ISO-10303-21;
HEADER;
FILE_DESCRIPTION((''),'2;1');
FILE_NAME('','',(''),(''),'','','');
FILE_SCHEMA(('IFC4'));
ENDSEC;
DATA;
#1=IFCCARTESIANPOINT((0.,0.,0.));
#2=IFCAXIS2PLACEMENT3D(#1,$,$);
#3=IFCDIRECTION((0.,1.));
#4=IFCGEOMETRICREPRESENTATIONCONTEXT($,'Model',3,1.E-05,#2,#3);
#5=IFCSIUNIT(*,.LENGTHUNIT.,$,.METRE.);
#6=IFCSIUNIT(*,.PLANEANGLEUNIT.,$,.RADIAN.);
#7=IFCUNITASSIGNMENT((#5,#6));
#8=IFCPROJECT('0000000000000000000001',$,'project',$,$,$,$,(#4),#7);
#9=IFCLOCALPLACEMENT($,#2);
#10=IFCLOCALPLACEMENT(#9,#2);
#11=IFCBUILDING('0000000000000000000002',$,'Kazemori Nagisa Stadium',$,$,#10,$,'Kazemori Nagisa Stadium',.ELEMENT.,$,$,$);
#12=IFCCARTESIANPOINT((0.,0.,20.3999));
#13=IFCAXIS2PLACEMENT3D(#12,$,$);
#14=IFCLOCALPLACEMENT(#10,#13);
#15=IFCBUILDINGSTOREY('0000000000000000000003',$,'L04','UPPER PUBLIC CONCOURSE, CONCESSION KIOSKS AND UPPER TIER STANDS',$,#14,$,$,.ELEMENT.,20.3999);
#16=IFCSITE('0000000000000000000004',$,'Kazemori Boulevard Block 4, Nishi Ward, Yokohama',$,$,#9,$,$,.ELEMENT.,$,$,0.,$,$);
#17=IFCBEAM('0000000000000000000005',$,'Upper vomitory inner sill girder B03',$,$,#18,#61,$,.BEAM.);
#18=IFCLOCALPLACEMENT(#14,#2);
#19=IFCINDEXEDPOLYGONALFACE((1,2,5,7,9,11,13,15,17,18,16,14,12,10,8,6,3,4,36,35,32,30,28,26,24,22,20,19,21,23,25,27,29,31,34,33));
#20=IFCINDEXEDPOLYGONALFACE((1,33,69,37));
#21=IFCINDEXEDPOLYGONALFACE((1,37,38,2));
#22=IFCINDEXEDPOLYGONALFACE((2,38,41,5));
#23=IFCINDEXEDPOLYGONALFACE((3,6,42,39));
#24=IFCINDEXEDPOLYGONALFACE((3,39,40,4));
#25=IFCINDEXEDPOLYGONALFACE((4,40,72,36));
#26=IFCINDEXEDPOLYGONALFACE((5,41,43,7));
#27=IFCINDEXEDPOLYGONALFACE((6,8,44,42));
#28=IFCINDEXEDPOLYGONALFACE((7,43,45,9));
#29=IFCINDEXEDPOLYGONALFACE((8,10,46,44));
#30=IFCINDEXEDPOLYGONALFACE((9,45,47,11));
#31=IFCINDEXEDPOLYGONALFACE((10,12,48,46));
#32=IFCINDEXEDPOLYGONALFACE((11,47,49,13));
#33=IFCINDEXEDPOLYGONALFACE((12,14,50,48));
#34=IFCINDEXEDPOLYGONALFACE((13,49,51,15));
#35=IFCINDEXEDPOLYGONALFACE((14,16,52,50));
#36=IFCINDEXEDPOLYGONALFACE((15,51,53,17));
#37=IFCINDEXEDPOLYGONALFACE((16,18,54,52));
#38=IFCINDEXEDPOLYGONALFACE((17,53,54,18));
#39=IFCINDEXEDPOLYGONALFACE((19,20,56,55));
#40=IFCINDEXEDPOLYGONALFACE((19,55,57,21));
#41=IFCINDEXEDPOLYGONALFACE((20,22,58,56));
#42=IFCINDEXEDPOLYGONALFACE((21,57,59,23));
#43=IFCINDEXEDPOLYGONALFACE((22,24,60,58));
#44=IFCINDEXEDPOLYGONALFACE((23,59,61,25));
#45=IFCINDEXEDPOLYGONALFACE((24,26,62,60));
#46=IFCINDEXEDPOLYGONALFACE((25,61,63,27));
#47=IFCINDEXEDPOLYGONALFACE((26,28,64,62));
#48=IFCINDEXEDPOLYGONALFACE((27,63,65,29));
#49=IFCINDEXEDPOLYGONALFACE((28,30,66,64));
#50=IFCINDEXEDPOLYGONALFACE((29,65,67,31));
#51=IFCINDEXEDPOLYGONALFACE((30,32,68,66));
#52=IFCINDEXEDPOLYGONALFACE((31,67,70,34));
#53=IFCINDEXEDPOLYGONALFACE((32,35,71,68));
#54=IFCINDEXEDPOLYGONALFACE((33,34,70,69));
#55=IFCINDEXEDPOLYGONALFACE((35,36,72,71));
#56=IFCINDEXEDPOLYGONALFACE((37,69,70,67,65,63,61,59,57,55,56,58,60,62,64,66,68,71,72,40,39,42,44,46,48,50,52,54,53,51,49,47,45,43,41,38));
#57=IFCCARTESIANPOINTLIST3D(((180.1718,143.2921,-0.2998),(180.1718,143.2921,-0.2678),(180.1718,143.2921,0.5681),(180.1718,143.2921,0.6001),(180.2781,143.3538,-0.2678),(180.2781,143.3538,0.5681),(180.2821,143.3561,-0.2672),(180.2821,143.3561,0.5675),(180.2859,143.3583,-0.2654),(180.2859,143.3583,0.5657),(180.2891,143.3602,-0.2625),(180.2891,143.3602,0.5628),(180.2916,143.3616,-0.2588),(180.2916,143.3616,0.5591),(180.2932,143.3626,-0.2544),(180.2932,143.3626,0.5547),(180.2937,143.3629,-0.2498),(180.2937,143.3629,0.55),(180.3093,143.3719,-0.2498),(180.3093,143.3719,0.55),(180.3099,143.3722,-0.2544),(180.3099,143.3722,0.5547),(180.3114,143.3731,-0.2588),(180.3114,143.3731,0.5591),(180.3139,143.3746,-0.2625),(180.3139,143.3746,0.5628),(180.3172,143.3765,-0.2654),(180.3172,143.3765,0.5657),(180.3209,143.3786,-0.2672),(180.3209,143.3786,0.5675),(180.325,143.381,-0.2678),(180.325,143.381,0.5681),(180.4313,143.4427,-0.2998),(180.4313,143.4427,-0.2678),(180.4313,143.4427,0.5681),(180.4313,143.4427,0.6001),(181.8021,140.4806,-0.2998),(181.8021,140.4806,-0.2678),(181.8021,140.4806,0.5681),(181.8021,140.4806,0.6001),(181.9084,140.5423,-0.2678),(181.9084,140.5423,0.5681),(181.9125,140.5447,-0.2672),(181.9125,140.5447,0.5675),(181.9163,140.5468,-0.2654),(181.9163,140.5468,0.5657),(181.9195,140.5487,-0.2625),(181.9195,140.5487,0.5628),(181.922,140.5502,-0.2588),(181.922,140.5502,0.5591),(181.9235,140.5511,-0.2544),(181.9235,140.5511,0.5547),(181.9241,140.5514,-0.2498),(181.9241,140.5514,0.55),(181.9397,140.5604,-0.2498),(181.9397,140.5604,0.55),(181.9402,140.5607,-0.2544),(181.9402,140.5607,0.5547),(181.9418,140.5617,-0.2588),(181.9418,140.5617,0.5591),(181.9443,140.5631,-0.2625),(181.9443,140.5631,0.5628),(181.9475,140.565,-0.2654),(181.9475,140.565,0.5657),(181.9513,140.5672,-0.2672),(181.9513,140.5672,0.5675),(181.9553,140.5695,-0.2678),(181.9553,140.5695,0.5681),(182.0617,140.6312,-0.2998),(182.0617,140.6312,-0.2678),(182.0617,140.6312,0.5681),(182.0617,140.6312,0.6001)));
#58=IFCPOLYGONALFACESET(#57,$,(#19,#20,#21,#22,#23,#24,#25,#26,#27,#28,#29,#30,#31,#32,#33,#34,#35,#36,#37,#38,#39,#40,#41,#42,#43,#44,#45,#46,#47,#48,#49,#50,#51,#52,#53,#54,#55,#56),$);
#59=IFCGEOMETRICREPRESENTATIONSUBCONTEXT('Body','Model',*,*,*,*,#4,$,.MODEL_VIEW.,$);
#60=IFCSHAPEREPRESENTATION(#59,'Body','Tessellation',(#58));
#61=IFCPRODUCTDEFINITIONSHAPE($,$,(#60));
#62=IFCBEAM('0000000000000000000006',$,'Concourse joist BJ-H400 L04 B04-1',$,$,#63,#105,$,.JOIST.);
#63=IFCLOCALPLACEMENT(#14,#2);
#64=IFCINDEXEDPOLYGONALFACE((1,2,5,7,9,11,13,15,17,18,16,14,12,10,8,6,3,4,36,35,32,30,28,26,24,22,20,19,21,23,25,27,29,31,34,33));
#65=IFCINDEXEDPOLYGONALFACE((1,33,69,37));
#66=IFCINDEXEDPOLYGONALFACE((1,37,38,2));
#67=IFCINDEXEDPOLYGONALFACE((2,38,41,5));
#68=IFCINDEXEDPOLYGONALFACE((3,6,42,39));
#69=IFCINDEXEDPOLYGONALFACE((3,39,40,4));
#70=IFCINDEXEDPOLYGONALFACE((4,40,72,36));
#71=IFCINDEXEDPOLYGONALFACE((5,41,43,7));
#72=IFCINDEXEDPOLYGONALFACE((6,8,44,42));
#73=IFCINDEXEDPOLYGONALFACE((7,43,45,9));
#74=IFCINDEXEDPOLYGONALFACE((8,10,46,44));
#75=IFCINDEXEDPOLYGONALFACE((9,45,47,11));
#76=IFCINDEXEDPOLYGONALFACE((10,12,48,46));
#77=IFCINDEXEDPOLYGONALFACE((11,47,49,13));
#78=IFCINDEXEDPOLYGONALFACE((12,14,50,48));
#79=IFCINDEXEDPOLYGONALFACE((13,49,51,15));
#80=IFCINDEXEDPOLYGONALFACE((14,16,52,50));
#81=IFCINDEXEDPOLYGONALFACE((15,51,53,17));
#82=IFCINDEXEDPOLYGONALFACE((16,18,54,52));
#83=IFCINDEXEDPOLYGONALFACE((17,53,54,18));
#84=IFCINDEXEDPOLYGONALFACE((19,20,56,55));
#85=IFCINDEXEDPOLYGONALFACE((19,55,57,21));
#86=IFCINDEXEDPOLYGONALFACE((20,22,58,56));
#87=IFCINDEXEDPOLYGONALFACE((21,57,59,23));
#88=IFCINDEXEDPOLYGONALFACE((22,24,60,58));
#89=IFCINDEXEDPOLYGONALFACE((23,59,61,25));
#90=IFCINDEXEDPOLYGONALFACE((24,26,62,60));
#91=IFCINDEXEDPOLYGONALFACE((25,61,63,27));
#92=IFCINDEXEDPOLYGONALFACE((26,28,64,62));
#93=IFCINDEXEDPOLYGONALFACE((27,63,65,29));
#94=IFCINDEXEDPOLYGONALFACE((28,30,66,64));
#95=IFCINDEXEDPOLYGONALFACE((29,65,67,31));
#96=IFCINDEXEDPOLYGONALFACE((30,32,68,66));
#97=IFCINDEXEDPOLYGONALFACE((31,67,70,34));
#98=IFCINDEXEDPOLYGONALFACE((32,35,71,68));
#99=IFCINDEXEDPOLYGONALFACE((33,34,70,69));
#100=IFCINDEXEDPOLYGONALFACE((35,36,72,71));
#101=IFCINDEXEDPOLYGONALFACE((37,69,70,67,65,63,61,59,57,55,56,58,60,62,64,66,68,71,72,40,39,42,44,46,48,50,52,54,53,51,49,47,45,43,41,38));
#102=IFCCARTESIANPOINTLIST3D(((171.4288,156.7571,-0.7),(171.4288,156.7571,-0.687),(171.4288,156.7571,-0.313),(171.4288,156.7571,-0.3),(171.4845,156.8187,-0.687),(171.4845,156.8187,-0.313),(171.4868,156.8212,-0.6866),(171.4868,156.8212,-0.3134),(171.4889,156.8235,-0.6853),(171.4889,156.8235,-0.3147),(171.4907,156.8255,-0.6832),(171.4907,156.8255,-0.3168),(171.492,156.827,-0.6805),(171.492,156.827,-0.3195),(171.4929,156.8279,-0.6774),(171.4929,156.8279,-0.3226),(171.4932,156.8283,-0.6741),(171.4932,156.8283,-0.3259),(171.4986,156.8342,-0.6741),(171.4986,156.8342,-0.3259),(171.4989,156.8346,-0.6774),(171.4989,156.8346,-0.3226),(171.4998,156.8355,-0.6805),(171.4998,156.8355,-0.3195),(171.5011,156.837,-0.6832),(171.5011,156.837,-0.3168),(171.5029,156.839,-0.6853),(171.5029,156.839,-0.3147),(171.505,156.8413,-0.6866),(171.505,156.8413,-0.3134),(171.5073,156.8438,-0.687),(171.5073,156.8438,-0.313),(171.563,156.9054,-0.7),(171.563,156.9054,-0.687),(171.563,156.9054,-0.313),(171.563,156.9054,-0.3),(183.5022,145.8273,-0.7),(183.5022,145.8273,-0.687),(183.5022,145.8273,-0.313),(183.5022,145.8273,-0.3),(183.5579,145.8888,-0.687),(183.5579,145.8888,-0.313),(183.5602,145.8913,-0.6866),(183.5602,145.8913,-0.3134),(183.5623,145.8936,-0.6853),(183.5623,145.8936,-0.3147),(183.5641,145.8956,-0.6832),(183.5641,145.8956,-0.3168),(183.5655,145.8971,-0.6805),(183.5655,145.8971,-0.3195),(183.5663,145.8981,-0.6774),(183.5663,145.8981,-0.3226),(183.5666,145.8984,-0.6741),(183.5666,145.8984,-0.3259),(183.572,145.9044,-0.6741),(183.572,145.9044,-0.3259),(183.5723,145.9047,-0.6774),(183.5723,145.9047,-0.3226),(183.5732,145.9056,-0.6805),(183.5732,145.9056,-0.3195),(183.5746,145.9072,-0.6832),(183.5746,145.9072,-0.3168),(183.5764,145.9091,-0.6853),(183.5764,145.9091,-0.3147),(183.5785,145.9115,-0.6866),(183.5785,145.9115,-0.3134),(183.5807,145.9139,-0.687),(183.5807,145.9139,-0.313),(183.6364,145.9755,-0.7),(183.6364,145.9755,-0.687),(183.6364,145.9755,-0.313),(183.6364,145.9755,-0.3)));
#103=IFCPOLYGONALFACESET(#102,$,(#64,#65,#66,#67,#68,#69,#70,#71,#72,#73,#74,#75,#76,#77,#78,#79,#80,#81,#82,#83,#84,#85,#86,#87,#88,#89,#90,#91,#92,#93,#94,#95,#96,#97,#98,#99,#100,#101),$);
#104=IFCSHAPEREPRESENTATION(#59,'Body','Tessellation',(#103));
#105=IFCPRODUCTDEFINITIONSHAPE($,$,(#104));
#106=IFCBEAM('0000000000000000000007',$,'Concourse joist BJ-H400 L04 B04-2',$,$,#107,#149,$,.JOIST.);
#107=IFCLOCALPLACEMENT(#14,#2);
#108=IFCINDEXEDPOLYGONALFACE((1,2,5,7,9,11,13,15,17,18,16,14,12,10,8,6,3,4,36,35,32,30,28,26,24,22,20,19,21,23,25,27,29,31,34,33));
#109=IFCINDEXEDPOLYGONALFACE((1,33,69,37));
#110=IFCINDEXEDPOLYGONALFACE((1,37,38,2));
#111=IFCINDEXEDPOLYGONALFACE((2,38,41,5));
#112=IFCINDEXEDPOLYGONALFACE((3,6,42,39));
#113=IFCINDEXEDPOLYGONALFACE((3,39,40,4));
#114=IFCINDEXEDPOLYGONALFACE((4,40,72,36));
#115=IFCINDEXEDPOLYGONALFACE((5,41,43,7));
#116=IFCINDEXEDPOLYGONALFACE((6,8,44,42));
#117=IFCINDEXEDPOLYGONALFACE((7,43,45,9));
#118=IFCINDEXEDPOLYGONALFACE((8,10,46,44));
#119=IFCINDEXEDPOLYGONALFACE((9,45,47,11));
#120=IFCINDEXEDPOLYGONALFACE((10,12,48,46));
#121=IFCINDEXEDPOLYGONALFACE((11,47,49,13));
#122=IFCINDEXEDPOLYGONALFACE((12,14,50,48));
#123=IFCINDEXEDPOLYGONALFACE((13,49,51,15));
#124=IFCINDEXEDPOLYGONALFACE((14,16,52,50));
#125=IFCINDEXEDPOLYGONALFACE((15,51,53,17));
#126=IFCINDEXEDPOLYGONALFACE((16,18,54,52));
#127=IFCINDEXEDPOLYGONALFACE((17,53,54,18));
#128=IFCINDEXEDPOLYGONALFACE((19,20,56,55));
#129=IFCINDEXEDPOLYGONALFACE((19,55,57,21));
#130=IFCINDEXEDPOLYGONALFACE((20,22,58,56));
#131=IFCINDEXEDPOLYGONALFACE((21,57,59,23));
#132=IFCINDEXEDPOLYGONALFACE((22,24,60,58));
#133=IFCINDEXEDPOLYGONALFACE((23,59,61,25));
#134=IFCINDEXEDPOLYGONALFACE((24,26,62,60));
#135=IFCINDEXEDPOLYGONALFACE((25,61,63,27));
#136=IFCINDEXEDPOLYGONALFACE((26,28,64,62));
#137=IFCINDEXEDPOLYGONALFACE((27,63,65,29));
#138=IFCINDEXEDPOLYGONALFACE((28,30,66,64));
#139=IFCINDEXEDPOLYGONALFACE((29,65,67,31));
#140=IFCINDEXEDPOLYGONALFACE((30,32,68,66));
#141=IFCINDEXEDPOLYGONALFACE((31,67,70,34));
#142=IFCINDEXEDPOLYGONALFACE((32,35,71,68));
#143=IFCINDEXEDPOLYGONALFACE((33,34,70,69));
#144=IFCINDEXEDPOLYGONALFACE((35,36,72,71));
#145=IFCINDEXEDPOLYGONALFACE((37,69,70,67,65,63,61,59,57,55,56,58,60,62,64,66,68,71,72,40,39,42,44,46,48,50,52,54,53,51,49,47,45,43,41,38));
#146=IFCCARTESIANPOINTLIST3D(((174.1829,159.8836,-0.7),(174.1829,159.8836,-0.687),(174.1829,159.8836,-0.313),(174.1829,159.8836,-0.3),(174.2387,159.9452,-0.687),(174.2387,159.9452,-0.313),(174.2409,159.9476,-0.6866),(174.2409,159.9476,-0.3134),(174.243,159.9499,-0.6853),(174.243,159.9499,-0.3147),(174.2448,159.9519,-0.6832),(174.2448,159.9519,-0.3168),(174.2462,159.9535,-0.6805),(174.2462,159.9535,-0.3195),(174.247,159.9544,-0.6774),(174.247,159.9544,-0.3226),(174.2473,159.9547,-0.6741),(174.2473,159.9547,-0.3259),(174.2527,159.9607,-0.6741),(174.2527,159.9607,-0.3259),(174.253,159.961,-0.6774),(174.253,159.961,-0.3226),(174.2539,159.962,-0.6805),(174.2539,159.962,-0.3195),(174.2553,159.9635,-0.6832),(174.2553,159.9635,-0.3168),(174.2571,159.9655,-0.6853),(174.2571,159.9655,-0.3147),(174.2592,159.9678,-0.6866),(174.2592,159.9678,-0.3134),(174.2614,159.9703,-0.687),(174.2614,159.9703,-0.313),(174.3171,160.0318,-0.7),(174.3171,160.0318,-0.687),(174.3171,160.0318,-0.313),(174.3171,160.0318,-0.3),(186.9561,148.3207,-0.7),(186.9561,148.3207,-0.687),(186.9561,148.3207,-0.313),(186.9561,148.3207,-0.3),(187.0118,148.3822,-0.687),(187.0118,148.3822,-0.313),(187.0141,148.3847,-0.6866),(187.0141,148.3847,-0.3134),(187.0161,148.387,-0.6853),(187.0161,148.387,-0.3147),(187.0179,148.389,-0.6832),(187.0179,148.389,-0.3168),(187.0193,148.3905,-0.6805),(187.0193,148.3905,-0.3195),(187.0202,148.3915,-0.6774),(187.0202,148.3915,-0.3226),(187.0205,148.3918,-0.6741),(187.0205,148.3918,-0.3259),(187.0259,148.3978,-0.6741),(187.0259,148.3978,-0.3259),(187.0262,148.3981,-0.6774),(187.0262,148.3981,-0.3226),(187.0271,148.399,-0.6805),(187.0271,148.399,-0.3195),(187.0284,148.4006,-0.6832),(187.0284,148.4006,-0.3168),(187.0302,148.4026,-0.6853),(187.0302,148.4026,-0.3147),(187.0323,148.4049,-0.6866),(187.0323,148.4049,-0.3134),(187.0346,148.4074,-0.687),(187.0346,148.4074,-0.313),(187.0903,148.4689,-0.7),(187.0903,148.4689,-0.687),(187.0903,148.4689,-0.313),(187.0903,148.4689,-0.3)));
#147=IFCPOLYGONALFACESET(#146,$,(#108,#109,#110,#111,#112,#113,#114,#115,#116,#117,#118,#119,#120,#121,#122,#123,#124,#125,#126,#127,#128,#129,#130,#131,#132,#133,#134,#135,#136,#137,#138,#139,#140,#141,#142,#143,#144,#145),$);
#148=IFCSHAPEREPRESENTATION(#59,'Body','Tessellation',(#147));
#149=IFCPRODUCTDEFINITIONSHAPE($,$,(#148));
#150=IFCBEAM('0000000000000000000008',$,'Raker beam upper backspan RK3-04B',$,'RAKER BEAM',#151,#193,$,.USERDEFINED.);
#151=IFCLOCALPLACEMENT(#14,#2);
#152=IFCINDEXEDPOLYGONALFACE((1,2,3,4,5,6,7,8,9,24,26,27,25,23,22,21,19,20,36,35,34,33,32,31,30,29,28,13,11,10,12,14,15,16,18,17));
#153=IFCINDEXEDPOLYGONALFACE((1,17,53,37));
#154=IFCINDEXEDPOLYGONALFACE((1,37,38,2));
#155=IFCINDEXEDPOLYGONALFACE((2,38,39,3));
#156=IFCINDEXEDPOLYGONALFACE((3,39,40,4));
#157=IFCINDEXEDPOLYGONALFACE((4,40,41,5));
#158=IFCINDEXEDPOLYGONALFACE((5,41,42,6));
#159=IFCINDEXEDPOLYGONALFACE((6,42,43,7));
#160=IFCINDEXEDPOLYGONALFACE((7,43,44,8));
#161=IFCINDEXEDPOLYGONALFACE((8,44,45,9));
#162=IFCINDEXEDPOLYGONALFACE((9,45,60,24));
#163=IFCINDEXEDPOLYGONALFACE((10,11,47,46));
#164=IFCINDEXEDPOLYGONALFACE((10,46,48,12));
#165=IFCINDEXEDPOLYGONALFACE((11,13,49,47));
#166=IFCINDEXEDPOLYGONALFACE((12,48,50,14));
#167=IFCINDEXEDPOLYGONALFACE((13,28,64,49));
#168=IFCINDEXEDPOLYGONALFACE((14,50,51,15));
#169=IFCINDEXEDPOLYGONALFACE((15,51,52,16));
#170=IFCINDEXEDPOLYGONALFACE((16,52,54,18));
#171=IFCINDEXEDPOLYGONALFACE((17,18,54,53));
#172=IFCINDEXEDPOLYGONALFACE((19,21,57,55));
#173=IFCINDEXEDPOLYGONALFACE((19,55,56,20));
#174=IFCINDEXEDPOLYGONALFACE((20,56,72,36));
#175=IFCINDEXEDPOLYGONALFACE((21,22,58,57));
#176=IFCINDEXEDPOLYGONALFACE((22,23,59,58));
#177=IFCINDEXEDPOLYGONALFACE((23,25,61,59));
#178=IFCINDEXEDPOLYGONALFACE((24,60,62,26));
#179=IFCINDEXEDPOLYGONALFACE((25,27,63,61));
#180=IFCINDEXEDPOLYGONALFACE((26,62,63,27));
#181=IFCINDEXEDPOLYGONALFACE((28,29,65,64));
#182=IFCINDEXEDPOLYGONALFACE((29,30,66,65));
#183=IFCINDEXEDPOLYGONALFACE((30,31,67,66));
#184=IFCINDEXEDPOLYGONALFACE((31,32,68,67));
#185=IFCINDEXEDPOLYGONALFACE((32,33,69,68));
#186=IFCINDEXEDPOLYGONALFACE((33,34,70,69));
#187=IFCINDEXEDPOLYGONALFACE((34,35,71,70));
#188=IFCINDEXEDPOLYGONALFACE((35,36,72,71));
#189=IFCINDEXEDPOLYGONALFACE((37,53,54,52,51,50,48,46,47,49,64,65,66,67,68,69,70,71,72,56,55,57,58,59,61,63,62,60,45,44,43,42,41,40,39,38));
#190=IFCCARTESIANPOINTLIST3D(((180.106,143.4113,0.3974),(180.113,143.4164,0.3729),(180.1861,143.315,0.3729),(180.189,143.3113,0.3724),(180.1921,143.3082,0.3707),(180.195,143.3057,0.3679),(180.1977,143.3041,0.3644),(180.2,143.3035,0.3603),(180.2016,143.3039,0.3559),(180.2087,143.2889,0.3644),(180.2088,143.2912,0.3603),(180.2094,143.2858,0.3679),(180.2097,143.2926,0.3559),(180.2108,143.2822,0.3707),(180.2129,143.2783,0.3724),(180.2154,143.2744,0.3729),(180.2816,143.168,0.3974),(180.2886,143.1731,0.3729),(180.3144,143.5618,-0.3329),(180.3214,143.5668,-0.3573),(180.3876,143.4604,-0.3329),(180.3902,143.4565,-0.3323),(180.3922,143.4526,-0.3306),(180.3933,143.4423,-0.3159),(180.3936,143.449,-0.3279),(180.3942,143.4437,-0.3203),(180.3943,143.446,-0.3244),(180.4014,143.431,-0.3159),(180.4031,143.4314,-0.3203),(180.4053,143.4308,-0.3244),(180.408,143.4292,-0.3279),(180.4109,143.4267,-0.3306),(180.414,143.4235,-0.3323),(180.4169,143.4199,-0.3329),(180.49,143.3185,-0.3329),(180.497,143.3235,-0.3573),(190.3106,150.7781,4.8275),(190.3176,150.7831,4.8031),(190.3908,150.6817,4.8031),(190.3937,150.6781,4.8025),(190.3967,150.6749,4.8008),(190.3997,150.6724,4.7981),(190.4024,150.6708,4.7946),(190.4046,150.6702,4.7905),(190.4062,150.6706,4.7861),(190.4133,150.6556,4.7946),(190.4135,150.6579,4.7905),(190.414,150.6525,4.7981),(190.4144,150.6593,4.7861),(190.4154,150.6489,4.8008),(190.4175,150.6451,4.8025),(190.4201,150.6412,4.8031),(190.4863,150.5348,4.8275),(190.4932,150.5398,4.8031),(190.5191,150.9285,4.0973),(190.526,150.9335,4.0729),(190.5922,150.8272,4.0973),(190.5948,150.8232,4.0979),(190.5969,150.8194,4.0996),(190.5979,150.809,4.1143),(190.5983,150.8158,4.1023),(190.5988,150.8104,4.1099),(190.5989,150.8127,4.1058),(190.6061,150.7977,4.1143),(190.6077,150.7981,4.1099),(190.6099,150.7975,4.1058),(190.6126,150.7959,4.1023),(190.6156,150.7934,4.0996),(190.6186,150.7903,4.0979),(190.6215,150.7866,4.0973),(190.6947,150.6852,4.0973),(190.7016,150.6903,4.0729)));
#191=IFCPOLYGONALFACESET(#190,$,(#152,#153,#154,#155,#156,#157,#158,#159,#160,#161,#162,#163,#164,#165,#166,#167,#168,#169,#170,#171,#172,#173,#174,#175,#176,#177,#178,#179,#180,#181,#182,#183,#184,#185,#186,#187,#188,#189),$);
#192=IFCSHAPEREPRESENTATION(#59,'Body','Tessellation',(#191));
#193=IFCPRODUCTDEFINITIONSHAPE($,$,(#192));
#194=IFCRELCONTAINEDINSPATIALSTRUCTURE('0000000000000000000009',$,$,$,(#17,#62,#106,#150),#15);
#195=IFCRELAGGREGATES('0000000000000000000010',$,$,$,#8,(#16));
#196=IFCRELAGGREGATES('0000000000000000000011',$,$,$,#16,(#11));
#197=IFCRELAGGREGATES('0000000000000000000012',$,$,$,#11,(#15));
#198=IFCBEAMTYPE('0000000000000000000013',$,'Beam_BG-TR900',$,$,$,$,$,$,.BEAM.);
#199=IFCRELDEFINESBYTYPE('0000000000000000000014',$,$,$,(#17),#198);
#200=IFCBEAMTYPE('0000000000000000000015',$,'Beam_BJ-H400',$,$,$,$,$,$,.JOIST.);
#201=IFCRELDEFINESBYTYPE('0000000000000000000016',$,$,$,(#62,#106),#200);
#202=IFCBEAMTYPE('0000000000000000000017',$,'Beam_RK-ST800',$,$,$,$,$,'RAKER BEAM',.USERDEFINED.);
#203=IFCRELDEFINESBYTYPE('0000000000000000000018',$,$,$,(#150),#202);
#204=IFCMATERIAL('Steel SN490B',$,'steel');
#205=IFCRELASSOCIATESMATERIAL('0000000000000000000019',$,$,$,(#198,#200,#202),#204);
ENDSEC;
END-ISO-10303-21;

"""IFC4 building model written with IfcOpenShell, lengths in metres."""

from ifc_helpers import new_model, si_unit, direction, frame, origin, origin_2d, place, context, subcontext, project, spatial, i_section, extrude, material, material_profile, profile_set, type_object, element, save


model = new_model("IFC4")

# Units and contexts
model_context = context("Model", 3, precision=1e-05, world=origin(), true_north=direction((0.0, 1.0)))
body_context = subcontext(model_context, "Body", "Model", "MODEL_VIEW")
ifc_project = project(units=[si_unit("LENGTHUNIT", "METRE"), si_unit("PLANEANGLEUNIT", "RADIAN")], contexts=[model_context])

# Site, building, storey
site_placement = place(None, origin())
site = spatial("IfcSite", under=ifc_project, at=site_placement, Name="Kazemori Boulevard Block 4, Nishi Ward, Yokohama", CompositionType="ELEMENT", RefElevation=0.0)
building_placement = place(site_placement, origin())
building = spatial("IfcBuilding", under=site, at=building_placement, Name="Kazemori Nagisa Stadium", LongName="Kazemori Nagisa Stadium", CompositionType="ELEMENT")
storey_placement = place(building_placement, frame((0.0, 0.0, 20.3999)))
storey = spatial("IfcBuildingStorey", under=building, at=storey_placement, Name="L04", Description="UPPER PUBLIC CONCOURSE, CONCESSION KIOSKS AND UPPER TIER STANDS", CompositionType="ELEMENT", Elevation=20.3999)

# Beams
ifc_material_1 = material(Name="Steel SN490B", Category="steel")
ifc_material_profile_1 = material_profile(ifc_material_1, i_section(OverallWidth=0.3, OverallDepth=0.8999, WebThickness=0.0181, FlangeThickness=0.032, FilletRadius=0.0181, at=origin_2d()), Name="H-900x300x18x32")
ifc_profile_set_1 = profile_set([ifc_material_profile_1], Name="Steel SN490B")
beam_type_1 = type_object("IfcBeamType", Name="Beam_BG-TR900", PredefinedType="BEAM", material=ifc_profile_set_1)
beam_1_placement = place(storey_placement, frame((181.9319, 140.5559, 0.1501), z_axis=(-0.501646, 0.865073, 0.0), x_axis=(-0.865073, -0.501646, 0.0)))
element("IfcBeam", 1, at=beam_1_placement, inside=storey, type_object=beam_type_1, Name="Upper vomitory inner sill girder B03", PredefinedType="BEAM", context=body_context, shape_type="SweptSolid", body=[
    extrude(i_section(OverallWidth=0.3, OverallDepth=0.8999, WebThickness=0.0181, FlangeThickness=0.032, FilletRadius=0.0181, at=origin_2d()), origin(), (0.0, 0.0, 1.0), 3.25),
])
ifc_material_profile_2 = material_profile(ifc_material_1, i_section(OverallWidth=0.2, OverallDepth=0.3999, WebThickness=0.0081, FlangeThickness=0.0129, FilletRadius=0.0129, at=origin_2d()), Name="H-400x200x8x13")
ifc_profile_set_2 = profile_set([ifc_material_profile_2], Name="Steel SN490B")
beam_type_2 = type_object("IfcBeamType", Name="Beam_BJ-H400", PredefinedType="JOIST", material=ifc_profile_set_2)
beam_2_placement = place(storey_placement, frame((183.5693, 145.9014, -0.5), z_axis=(-0.741343, 0.671126, 0.0), x_axis=(-0.671126, -0.741343, 0.0)))
element("IfcBeam", 2, at=beam_2_placement, inside=storey, type_object=beam_type_2, Name="Concourse joist BJ-H400 L04 B04-1", PredefinedType="JOIST", context=body_context, shape_type="SweptSolid", body=[
    extrude(i_section(OverallWidth=0.2, OverallDepth=0.3999, WebThickness=0.0081, FlangeThickness=0.0129, FilletRadius=0.0129, at=origin_2d()), origin(), (0.0, 0.0, 1.0), 16.2859),
])
beam_3_placement = place(storey_placement, frame((187.0232, 148.3948, -0.5), z_axis=(-0.741354, 0.671114, 0.0), x_axis=(-0.671114, -0.741354, 0.0)))
element("IfcBeam", 3, at=beam_3_placement, inside=storey, type_object=beam_type_2, Name="Concourse joist BJ-H400 L04 B04-2", PredefinedType="JOIST", context=body_context, shape_type="SweptSolid", body=[
    extrude(i_section(OverallWidth=0.2, OverallDepth=0.3999, WebThickness=0.0081, FlangeThickness=0.0129, FilletRadius=0.0129, at=origin_2d()), origin(), (0.0, 0.0, 1.0), 17.2295),
])
ifc_material_profile_3 = material_profile(ifc_material_1, i_section(OverallWidth=0.3, OverallDepth=0.8, WebThickness=0.0139, FlangeThickness=0.0259, FilletRadius=0.0181, at=origin_2d()), Name="H-800x300x14x26")
ifc_profile_set_3 = profile_set([ifc_material_profile_3], Name="Steel SN490B")
beam_type_3 = type_object("IfcBeamType", Name="Beam_RK-ST800", ElementType="RAKER BEAM", PredefinedType="USERDEFINED", material=ifc_profile_set_3)
beam_4_placement = place(storey_placement, frame((180.3015, 143.3674, 0.02), z_axis=(0.764805, 0.552113, 0.332029), x_axis=(-0.585319, 0.810803, 0.0)))
element("IfcBeam", 4, at=beam_4_placement, inside=storey, type_object=beam_type_3, Name="Raker beam upper backspan RK3-04B", ObjectType="RAKER BEAM", PredefinedType="USERDEFINED", context=body_context, shape_type="SweptSolid", body=[
    extrude(i_section(OverallWidth=0.3, OverallDepth=0.8, WebThickness=0.0139, FlangeThickness=0.0259, FilletRadius=0.0181, at=origin_2d()), origin(), (0.0, 0.0, 1.0), 13.3428),
])

save(model, "model.ifc")
